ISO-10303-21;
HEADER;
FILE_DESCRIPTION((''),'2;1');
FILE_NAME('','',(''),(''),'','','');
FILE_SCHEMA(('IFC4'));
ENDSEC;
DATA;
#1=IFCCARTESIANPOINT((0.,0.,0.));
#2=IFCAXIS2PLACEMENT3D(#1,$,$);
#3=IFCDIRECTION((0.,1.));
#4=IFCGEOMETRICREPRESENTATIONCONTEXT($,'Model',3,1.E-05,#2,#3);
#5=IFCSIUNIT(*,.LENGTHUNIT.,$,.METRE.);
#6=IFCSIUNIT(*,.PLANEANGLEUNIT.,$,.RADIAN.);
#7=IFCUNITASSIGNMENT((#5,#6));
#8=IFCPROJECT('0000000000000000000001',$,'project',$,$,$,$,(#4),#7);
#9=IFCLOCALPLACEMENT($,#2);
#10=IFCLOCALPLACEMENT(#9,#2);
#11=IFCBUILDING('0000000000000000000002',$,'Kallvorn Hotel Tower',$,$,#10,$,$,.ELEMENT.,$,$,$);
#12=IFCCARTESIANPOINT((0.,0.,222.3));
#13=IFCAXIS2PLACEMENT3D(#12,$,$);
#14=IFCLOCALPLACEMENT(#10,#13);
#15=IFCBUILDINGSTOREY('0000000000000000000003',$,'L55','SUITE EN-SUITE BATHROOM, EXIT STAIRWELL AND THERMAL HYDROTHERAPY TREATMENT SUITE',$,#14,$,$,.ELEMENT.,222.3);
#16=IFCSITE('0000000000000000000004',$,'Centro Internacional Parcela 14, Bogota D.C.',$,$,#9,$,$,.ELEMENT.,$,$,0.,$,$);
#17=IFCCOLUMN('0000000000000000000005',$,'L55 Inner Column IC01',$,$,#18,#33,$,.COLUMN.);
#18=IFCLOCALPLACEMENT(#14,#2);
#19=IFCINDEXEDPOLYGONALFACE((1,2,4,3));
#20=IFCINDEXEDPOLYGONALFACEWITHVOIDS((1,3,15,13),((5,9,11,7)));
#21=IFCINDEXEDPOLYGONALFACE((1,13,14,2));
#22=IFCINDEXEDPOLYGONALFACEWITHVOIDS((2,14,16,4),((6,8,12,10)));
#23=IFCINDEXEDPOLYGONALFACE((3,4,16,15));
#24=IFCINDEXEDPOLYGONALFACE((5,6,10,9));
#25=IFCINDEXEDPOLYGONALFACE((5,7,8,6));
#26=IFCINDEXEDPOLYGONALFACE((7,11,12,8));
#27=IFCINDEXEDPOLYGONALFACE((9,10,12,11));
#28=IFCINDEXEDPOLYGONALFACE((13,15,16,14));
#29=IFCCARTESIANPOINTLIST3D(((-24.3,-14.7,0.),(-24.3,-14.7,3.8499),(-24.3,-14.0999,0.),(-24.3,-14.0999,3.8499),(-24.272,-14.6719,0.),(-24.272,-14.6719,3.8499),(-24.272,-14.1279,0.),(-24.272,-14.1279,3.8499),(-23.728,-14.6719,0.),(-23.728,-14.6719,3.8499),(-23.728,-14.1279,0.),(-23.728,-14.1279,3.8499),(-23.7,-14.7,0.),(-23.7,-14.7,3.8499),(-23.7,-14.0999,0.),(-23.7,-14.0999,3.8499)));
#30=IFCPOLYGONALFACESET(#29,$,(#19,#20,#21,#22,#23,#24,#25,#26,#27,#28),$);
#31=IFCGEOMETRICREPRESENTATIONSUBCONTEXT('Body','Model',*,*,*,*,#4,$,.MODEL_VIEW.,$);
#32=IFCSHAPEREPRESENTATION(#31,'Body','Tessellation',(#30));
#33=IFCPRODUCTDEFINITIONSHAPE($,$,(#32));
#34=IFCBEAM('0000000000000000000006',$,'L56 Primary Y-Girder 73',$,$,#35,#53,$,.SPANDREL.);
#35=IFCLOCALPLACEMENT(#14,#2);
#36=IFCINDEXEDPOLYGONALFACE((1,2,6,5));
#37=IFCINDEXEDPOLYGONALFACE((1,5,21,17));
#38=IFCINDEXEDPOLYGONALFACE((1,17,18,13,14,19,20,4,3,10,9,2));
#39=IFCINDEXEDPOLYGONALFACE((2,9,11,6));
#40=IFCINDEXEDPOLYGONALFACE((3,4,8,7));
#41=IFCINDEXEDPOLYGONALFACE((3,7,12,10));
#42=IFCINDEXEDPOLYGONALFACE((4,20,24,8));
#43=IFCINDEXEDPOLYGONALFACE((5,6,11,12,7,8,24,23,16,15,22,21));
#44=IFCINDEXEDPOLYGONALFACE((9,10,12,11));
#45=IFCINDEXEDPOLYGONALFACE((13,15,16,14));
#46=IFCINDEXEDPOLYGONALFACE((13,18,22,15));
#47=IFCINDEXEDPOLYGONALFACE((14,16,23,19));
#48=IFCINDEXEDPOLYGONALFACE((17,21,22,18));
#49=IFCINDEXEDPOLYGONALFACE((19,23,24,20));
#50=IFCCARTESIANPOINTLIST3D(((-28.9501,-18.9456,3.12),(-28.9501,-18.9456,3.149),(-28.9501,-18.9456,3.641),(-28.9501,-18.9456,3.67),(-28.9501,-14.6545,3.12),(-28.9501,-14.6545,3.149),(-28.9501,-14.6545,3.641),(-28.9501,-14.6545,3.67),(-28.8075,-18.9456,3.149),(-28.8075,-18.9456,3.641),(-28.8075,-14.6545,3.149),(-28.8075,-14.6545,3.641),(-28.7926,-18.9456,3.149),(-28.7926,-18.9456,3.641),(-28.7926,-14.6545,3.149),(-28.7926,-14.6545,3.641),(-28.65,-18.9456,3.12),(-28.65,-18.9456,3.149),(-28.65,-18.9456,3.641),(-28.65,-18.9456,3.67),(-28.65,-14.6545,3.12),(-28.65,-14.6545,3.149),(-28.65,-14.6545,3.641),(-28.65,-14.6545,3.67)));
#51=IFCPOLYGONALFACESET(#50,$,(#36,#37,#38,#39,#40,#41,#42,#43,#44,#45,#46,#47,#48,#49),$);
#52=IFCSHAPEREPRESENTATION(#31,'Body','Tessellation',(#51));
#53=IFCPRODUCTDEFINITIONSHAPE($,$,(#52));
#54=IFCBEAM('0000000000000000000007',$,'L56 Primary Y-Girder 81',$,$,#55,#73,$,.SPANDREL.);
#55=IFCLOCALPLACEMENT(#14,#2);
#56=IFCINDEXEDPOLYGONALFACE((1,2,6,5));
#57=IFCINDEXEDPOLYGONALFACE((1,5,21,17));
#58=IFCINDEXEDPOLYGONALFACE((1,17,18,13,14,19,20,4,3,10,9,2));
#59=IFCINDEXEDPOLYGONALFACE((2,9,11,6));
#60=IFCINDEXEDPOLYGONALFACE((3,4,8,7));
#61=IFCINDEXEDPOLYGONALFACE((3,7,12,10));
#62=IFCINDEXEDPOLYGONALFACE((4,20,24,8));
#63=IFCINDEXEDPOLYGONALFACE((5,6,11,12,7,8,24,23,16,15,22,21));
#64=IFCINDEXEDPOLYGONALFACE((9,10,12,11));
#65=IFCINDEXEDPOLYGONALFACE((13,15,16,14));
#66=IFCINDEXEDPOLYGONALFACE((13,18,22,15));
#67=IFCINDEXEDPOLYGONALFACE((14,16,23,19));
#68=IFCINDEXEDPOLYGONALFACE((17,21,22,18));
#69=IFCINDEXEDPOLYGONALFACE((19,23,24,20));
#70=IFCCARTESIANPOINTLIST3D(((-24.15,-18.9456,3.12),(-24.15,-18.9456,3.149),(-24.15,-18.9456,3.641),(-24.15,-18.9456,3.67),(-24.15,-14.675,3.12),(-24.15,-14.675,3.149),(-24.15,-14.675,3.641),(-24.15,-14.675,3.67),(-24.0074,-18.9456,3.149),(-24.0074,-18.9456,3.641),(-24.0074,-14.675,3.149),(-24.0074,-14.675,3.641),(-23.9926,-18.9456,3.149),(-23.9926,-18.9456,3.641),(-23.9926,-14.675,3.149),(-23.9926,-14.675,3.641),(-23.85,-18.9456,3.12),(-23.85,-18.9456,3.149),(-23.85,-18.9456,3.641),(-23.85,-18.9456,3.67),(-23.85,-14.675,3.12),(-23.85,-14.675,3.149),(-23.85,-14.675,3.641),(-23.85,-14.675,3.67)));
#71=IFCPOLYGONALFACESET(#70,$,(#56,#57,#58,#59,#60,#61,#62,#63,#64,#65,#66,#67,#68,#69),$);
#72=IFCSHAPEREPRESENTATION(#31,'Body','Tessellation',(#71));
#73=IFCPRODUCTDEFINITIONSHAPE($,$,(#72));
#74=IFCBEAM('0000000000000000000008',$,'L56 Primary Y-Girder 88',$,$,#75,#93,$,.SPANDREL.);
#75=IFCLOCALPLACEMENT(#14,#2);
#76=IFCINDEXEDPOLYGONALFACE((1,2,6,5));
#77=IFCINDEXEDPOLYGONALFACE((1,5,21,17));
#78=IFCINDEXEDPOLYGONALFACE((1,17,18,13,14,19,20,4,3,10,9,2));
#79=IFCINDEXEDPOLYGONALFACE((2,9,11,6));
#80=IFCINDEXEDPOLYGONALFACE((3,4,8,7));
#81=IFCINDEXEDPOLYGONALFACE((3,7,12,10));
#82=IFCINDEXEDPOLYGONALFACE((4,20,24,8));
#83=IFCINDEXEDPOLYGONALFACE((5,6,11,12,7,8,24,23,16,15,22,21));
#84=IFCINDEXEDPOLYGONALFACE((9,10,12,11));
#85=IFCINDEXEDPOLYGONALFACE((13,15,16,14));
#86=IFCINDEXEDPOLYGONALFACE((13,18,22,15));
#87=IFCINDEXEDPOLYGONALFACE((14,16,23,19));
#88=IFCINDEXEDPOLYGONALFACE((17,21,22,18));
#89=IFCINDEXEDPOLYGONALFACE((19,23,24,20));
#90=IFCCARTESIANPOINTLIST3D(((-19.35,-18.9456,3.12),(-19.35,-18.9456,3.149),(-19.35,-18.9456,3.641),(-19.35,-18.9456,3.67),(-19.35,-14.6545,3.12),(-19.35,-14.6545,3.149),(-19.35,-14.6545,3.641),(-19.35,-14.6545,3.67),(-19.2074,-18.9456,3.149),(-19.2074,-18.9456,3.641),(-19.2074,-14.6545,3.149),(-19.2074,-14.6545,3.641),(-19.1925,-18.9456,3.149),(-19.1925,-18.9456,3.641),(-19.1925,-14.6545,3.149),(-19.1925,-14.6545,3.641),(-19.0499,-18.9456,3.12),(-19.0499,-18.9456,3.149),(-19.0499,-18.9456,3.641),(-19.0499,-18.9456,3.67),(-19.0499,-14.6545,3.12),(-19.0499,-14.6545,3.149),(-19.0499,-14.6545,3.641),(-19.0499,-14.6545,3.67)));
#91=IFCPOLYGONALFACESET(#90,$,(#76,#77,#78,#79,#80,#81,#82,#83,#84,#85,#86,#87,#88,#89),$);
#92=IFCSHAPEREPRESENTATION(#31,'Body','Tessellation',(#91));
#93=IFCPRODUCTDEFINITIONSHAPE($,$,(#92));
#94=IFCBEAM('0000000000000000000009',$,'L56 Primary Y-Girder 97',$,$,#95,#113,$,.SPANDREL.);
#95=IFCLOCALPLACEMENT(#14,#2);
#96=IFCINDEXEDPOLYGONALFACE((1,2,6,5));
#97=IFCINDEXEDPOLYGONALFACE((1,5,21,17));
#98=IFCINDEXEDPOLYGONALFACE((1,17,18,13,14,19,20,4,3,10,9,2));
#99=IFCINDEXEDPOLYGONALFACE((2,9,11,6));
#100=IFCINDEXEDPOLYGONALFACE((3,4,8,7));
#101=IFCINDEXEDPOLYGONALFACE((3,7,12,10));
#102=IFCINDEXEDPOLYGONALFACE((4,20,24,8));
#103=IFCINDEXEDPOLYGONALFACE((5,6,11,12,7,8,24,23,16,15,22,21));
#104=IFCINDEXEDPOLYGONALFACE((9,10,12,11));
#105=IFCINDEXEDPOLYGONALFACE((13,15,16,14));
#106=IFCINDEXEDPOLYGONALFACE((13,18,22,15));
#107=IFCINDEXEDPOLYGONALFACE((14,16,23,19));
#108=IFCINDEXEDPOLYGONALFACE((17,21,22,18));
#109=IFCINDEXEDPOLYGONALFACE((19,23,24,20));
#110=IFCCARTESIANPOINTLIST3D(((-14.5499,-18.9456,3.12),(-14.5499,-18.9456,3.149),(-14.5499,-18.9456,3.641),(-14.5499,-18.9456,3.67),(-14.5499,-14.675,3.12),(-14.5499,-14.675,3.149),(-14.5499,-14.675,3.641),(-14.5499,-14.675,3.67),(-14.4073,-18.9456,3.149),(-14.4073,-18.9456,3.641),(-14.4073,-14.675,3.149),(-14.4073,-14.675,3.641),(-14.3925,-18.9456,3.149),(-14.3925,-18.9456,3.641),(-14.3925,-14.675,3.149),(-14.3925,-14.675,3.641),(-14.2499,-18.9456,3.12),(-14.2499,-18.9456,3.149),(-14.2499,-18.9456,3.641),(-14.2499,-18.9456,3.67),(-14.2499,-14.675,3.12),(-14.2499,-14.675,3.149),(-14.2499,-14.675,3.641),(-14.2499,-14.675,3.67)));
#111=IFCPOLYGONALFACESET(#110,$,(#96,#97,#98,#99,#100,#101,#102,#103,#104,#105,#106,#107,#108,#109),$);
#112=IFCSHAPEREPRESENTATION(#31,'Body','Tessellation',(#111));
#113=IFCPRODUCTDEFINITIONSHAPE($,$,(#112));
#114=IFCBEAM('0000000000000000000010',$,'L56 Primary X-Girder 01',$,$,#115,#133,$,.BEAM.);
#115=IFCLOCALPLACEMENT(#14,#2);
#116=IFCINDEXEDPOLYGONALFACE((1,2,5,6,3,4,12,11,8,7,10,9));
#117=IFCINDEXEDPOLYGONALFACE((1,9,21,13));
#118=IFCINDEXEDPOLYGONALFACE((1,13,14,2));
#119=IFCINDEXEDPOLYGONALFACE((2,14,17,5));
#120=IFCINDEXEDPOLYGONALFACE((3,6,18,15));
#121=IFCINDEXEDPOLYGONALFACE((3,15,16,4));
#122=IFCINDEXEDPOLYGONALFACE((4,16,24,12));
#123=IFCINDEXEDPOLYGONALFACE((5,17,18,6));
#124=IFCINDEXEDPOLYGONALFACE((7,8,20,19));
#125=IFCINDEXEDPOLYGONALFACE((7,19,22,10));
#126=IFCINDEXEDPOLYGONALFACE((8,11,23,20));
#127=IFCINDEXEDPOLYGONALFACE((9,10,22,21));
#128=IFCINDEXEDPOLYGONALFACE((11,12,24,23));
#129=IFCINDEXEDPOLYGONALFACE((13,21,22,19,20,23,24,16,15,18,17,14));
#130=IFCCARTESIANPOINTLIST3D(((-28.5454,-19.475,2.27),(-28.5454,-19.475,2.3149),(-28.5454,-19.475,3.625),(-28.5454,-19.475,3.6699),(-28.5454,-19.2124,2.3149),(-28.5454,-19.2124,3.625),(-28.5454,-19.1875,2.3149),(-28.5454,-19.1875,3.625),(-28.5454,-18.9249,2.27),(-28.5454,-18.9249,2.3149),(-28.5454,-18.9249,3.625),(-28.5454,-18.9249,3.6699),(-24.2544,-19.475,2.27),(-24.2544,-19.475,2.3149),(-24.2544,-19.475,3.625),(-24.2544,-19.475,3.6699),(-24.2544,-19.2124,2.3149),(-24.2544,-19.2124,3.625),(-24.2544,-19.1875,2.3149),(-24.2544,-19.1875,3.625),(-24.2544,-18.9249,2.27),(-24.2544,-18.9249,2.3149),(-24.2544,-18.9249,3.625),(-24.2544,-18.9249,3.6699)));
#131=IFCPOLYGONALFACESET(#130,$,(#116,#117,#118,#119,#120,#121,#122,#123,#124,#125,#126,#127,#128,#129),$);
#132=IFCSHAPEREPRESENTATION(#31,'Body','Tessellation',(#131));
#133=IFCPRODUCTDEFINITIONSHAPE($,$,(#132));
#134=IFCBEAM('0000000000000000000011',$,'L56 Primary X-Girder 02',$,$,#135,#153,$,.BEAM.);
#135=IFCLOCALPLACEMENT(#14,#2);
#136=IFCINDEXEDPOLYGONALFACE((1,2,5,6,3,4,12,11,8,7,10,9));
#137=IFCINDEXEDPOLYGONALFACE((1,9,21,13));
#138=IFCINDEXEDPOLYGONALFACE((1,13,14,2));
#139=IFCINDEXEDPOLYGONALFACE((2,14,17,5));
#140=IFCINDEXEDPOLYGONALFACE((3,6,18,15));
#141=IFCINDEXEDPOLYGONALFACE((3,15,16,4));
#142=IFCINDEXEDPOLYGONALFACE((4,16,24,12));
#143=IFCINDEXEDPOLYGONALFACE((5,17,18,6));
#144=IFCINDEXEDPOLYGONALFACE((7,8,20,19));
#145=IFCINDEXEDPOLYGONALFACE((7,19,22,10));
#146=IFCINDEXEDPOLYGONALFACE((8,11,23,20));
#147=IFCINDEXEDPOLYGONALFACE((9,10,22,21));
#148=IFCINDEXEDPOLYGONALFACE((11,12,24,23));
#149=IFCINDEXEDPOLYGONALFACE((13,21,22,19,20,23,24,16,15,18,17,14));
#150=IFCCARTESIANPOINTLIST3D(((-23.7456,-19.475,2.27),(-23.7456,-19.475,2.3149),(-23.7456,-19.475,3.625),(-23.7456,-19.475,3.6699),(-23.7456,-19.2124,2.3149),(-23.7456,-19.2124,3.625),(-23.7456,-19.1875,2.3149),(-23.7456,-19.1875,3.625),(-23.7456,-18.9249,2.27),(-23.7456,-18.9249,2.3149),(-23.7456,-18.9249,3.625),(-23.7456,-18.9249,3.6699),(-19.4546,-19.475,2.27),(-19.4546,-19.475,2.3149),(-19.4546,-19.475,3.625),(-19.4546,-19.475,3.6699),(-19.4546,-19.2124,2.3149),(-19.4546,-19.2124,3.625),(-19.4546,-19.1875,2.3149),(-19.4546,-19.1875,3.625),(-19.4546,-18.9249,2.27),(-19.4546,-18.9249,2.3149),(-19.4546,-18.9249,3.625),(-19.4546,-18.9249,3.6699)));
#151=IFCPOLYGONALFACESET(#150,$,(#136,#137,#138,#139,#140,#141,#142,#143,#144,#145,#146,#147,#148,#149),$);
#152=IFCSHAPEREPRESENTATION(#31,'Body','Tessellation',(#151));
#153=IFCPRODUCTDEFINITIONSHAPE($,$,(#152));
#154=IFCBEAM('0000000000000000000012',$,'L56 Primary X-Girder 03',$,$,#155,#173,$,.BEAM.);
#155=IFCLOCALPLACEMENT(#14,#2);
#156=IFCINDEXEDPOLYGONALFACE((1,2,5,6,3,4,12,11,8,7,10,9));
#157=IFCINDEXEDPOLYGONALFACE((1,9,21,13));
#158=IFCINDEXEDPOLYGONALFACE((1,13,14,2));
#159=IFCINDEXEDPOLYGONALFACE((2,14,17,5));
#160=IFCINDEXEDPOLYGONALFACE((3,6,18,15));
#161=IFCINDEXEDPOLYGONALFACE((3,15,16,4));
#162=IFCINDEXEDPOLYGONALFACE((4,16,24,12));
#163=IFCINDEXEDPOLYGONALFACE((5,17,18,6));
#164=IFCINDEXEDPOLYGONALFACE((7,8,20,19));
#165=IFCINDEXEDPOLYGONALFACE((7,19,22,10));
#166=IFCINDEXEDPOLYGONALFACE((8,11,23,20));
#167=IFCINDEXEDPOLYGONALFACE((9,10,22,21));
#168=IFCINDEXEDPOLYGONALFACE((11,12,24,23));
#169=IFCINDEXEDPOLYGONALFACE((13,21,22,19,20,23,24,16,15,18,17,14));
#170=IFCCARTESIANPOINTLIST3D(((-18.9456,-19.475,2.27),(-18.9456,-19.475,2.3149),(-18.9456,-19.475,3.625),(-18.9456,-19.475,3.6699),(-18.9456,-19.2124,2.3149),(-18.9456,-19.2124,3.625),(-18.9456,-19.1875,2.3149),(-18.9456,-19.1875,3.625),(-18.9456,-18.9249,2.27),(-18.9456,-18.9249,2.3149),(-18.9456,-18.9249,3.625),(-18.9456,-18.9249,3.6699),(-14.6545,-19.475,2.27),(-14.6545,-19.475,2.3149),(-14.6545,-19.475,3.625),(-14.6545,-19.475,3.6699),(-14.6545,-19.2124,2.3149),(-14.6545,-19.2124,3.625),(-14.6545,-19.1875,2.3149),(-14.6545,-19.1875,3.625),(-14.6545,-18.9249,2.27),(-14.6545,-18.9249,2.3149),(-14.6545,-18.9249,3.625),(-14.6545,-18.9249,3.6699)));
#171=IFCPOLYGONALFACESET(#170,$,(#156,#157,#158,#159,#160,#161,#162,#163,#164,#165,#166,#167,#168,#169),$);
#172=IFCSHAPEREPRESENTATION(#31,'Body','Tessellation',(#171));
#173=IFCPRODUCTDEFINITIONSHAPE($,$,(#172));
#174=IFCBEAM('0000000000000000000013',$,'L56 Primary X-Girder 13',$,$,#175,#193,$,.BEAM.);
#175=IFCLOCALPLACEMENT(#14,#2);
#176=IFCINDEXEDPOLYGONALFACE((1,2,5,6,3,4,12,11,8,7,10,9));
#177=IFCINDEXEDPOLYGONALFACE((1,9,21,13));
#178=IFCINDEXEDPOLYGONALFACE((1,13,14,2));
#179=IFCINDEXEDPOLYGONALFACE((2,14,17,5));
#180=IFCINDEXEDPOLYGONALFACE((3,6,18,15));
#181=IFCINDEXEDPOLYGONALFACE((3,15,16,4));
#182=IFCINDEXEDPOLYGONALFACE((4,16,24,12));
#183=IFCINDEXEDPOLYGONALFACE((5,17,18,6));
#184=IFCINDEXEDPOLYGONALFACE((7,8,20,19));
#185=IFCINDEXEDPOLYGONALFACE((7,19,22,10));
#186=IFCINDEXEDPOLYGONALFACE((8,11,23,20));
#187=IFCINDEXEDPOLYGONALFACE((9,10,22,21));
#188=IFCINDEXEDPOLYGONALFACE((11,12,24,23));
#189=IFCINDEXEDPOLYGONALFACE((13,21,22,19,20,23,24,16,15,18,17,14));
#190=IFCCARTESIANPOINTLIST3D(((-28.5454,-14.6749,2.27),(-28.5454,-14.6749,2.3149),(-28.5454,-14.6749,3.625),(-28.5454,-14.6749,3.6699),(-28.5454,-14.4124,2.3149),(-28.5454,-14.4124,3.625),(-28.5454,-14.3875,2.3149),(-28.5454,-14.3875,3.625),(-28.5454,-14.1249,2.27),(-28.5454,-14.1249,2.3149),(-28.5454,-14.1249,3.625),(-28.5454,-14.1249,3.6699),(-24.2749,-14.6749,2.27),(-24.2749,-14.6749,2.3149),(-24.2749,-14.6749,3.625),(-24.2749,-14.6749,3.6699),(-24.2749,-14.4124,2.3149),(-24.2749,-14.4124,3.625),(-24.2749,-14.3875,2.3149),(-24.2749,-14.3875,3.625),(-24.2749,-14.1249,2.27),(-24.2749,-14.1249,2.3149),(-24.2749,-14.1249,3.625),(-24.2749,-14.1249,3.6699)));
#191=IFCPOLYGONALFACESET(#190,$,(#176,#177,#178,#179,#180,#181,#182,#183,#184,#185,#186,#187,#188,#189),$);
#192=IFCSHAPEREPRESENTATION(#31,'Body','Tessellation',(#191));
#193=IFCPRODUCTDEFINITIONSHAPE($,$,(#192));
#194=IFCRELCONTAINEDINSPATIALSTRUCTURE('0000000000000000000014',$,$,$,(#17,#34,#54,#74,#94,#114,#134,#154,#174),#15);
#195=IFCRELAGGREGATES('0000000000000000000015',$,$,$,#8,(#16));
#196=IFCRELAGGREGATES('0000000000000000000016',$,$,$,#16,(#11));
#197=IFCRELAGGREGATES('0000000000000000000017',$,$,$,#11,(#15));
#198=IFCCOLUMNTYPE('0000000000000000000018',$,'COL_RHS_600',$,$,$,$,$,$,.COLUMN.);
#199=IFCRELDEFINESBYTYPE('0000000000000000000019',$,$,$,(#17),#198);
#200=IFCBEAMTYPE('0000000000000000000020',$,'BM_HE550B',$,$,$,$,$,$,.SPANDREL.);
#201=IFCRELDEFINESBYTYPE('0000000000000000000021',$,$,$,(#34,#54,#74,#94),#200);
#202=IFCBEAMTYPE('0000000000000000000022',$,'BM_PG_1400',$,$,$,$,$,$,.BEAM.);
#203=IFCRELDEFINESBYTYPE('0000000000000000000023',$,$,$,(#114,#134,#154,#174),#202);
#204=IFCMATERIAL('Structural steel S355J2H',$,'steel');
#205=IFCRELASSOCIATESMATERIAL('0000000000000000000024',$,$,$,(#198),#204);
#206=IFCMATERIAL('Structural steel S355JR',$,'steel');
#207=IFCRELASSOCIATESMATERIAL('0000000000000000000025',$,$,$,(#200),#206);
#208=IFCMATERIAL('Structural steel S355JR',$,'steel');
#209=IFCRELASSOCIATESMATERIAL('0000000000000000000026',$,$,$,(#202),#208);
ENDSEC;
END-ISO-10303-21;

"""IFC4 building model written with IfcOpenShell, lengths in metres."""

from ifc_helpers import new_model, si_unit, direction, frame, origin, origin_2d, place, context, subcontext, project, spatial, hollow_rectangle, i_section, extrude, material, material_profile, profile_set, type_object, element, save


model = new_model("IFC4")

# Units and contexts
model_context = context("Model", 3, precision=1e-05, world=origin(), true_north=direction((0.0, 1.0)))
body_context = subcontext(model_context, "Body", "Model", "MODEL_VIEW")
ifc_project = project(units=[si_unit("LENGTHUNIT", "METRE"), si_unit("PLANEANGLEUNIT", "RADIAN")], contexts=[model_context])

# Site, building, storey
site_placement = place(None, origin())
site = spatial("IfcSite", under=ifc_project, at=site_placement, Name="Centro Internacional Parcela 14, Bogota D.C.", CompositionType="ELEMENT", RefElevation=0.0)
building_placement = place(site_placement, origin())
building = spatial("IfcBuilding", under=site, at=building_placement, Name="Kallvorn Hotel Tower", CompositionType="ELEMENT")
storey_placement = place(building_placement, frame((0.0, 0.0, 222.3)))
storey = spatial("IfcBuildingStorey", under=building, at=storey_placement, Name="L55", Description="SUITE EN-SUITE BATHROOM, EXIT STAIRWELL AND THERMAL HYDROTHERAPY TREATMENT SUITE", CompositionType="ELEMENT", Elevation=222.3)

# Column
ifc_material_1 = material(Name="Structural steel S355J2H", Category="steel")
ifc_material_profile_1 = material_profile(ifc_material_1, hollow_rectangle(XDim=0.6001, YDim=0.6001, WallThickness=0.0281, at=origin_2d()), Name="RHS 600x600x28")
ifc_profile_set_1 = profile_set([ifc_material_profile_1], Name="Structural steel S355J2H")
column_type_1 = type_object("IfcColumnType", Name="COL_RHS_600", PredefinedType="COLUMN", material=ifc_profile_set_1)
column_placement = place(storey_placement, frame((-24.0, -14.3999, 0.0), z_axis=(0.0, 0.0, 1.0), x_axis=(1.0, 0.0, 0.0)))
element("IfcColumn", 1, at=column_placement, inside=storey, type_object=column_type_1, Name="L55 Inner Column IC01", PredefinedType="COLUMN", context=body_context, shape_type="SweptSolid", body=[
    extrude(hollow_rectangle(XDim=0.6001, YDim=0.6001, WallThickness=0.0281, at=origin_2d()), origin(), (0.0, 0.0, 1.0), 3.8499),
])

# Beams
ifc_material_2 = material(Name="Structural steel S355JR", Category="steel")
ifc_material_profile_2 = material_profile(ifc_material_2, i_section(OverallWidth=0.3, OverallDepth=0.55, WebThickness=0.0149, FlangeThickness=0.0291, at=origin_2d()), Name="HE 550 B")
ifc_profile_set_2 = profile_set([ifc_material_profile_2], Name="Structural steel S355JR")
beam_type_1 = type_object("IfcBeamType", Name="BM_HE550B", PredefinedType="SPANDREL", material=ifc_profile_set_2)
beam_1_placement = place(storey_placement, frame((-28.8, -18.9456, 3.395), z_axis=(0.0, 1.0, 0.0), x_axis=(-1.0, 0.0, 0.0)))
element("IfcBeam", 2, at=beam_1_placement, inside=storey, type_object=beam_type_1, Name="L56 Primary Y-Girder 73", PredefinedType="SPANDREL", context=body_context, shape_type="SweptSolid", body=[
    extrude(i_section(OverallWidth=0.3, OverallDepth=0.55, WebThickness=0.0149, FlangeThickness=0.0291, at=origin_2d()), origin(), (0.0, 0.0, 1.0), 4.291),
])
beam_2_placement = place(storey_placement, frame((-24.0, -18.9456, 3.395), z_axis=(0.0, 1.0, 0.0), x_axis=(-1.0, 0.0, 0.0)))
element("IfcBeam", 3, at=beam_2_placement, inside=storey, type_object=beam_type_1, Name="L56 Primary Y-Girder 81", PredefinedType="SPANDREL", context=body_context, shape_type="SweptSolid", body=[
    extrude(i_section(OverallWidth=0.3, OverallDepth=0.55, WebThickness=0.0149, FlangeThickness=0.0291, at=origin_2d()), origin(), (0.0, 0.0, 1.0), 4.2705),
])
beam_3_placement = place(storey_placement, frame((-19.2, -18.9456, 3.395), z_axis=(0.0, 1.0, 0.0), x_axis=(-1.0, 0.0, 0.0)))
element("IfcBeam", 4, at=beam_3_placement, inside=storey, type_object=beam_type_1, Name="L56 Primary Y-Girder 88", PredefinedType="SPANDREL", context=body_context, shape_type="SweptSolid", body=[
    extrude(i_section(OverallWidth=0.3, OverallDepth=0.55, WebThickness=0.0149, FlangeThickness=0.0291, at=origin_2d()), origin(), (0.0, 0.0, 1.0), 4.291),
])
beam_4_placement = place(storey_placement, frame((-14.3999, -18.9456, 3.395), z_axis=(0.0, 1.0, 0.0), x_axis=(-1.0, 0.0, 0.0)))
element("IfcBeam", 5, at=beam_4_placement, inside=storey, type_object=beam_type_1, Name="L56 Primary Y-Girder 97", PredefinedType="SPANDREL", context=body_context, shape_type="SweptSolid", body=[
    extrude(i_section(OverallWidth=0.3, OverallDepth=0.55, WebThickness=0.0149, FlangeThickness=0.0291, at=origin_2d()), origin(), (0.0, 0.0, 1.0), 4.2705),
])
ifc_material_3 = material(Name="Structural steel S355JR", Category="steel")
ifc_material_profile_3 = material_profile(ifc_material_3, i_section(OverallWidth=0.55, OverallDepth=1.3999, WebThickness=0.0249, FlangeThickness=0.0449, at=origin_2d()), Name="PG 1400x550x25x45")
ifc_profile_set_3 = profile_set([ifc_material_profile_3], Name="Structural steel S355JR")
beam_type_2 = type_object("IfcBeamType", Name="BM_PG_1400", PredefinedType="BEAM", material=ifc_profile_set_3)
for number, where, z_axis, x_axis, name in (
    (6, (-28.5454, -19.2, 2.97), (1.0, 0.0, 0.0), (0.0, 1.0, 0.0), "L56 Primary X-Girder 01"),
    (7, (-23.7456, -19.2, 2.97), (1.0, 0.0, 0.0), (0.0, 1.0, 0.0), "L56 Primary X-Girder 02"),
    (8, (-18.9456, -19.2, 2.97), (1.0, 0.0, 0.0), (0.0, 1.0, 0.0), "L56 Primary X-Girder 03"),
):
    element("IfcBeam", number, at=place(storey_placement, frame(where, z_axis=z_axis, x_axis=x_axis)), inside=storey, type_object=beam_type_2, Name=name, PredefinedType="BEAM", context=body_context, shape_type="SweptSolid", body=[
        extrude(i_section(OverallWidth=0.55, OverallDepth=1.3999, WebThickness=0.0249, FlangeThickness=0.0449, at=origin_2d()), origin(), (0.0, 0.0, 1.0), 4.291),
    ])
for number, where, z_axis, x_axis, name in (
    (9, (-28.5454, -14.3999, 2.97), (1.0, 0.0, 0.0), (0.0, 1.0, 0.0), "L56 Primary X-Girder 13"),
):
    element("IfcBeam", number, at=place(storey_placement, frame(where, z_axis=z_axis, x_axis=x_axis)), inside=storey, type_object=beam_type_2, Name=name, PredefinedType="BEAM", context=body_context, shape_type="SweptSolid", body=[
        extrude(i_section(OverallWidth=0.55, OverallDepth=1.3999, WebThickness=0.0249, FlangeThickness=0.0449, at=origin_2d()), origin(), (0.0, 0.0, 1.0), 4.2705),
    ])

save(model, "model.ifc")
